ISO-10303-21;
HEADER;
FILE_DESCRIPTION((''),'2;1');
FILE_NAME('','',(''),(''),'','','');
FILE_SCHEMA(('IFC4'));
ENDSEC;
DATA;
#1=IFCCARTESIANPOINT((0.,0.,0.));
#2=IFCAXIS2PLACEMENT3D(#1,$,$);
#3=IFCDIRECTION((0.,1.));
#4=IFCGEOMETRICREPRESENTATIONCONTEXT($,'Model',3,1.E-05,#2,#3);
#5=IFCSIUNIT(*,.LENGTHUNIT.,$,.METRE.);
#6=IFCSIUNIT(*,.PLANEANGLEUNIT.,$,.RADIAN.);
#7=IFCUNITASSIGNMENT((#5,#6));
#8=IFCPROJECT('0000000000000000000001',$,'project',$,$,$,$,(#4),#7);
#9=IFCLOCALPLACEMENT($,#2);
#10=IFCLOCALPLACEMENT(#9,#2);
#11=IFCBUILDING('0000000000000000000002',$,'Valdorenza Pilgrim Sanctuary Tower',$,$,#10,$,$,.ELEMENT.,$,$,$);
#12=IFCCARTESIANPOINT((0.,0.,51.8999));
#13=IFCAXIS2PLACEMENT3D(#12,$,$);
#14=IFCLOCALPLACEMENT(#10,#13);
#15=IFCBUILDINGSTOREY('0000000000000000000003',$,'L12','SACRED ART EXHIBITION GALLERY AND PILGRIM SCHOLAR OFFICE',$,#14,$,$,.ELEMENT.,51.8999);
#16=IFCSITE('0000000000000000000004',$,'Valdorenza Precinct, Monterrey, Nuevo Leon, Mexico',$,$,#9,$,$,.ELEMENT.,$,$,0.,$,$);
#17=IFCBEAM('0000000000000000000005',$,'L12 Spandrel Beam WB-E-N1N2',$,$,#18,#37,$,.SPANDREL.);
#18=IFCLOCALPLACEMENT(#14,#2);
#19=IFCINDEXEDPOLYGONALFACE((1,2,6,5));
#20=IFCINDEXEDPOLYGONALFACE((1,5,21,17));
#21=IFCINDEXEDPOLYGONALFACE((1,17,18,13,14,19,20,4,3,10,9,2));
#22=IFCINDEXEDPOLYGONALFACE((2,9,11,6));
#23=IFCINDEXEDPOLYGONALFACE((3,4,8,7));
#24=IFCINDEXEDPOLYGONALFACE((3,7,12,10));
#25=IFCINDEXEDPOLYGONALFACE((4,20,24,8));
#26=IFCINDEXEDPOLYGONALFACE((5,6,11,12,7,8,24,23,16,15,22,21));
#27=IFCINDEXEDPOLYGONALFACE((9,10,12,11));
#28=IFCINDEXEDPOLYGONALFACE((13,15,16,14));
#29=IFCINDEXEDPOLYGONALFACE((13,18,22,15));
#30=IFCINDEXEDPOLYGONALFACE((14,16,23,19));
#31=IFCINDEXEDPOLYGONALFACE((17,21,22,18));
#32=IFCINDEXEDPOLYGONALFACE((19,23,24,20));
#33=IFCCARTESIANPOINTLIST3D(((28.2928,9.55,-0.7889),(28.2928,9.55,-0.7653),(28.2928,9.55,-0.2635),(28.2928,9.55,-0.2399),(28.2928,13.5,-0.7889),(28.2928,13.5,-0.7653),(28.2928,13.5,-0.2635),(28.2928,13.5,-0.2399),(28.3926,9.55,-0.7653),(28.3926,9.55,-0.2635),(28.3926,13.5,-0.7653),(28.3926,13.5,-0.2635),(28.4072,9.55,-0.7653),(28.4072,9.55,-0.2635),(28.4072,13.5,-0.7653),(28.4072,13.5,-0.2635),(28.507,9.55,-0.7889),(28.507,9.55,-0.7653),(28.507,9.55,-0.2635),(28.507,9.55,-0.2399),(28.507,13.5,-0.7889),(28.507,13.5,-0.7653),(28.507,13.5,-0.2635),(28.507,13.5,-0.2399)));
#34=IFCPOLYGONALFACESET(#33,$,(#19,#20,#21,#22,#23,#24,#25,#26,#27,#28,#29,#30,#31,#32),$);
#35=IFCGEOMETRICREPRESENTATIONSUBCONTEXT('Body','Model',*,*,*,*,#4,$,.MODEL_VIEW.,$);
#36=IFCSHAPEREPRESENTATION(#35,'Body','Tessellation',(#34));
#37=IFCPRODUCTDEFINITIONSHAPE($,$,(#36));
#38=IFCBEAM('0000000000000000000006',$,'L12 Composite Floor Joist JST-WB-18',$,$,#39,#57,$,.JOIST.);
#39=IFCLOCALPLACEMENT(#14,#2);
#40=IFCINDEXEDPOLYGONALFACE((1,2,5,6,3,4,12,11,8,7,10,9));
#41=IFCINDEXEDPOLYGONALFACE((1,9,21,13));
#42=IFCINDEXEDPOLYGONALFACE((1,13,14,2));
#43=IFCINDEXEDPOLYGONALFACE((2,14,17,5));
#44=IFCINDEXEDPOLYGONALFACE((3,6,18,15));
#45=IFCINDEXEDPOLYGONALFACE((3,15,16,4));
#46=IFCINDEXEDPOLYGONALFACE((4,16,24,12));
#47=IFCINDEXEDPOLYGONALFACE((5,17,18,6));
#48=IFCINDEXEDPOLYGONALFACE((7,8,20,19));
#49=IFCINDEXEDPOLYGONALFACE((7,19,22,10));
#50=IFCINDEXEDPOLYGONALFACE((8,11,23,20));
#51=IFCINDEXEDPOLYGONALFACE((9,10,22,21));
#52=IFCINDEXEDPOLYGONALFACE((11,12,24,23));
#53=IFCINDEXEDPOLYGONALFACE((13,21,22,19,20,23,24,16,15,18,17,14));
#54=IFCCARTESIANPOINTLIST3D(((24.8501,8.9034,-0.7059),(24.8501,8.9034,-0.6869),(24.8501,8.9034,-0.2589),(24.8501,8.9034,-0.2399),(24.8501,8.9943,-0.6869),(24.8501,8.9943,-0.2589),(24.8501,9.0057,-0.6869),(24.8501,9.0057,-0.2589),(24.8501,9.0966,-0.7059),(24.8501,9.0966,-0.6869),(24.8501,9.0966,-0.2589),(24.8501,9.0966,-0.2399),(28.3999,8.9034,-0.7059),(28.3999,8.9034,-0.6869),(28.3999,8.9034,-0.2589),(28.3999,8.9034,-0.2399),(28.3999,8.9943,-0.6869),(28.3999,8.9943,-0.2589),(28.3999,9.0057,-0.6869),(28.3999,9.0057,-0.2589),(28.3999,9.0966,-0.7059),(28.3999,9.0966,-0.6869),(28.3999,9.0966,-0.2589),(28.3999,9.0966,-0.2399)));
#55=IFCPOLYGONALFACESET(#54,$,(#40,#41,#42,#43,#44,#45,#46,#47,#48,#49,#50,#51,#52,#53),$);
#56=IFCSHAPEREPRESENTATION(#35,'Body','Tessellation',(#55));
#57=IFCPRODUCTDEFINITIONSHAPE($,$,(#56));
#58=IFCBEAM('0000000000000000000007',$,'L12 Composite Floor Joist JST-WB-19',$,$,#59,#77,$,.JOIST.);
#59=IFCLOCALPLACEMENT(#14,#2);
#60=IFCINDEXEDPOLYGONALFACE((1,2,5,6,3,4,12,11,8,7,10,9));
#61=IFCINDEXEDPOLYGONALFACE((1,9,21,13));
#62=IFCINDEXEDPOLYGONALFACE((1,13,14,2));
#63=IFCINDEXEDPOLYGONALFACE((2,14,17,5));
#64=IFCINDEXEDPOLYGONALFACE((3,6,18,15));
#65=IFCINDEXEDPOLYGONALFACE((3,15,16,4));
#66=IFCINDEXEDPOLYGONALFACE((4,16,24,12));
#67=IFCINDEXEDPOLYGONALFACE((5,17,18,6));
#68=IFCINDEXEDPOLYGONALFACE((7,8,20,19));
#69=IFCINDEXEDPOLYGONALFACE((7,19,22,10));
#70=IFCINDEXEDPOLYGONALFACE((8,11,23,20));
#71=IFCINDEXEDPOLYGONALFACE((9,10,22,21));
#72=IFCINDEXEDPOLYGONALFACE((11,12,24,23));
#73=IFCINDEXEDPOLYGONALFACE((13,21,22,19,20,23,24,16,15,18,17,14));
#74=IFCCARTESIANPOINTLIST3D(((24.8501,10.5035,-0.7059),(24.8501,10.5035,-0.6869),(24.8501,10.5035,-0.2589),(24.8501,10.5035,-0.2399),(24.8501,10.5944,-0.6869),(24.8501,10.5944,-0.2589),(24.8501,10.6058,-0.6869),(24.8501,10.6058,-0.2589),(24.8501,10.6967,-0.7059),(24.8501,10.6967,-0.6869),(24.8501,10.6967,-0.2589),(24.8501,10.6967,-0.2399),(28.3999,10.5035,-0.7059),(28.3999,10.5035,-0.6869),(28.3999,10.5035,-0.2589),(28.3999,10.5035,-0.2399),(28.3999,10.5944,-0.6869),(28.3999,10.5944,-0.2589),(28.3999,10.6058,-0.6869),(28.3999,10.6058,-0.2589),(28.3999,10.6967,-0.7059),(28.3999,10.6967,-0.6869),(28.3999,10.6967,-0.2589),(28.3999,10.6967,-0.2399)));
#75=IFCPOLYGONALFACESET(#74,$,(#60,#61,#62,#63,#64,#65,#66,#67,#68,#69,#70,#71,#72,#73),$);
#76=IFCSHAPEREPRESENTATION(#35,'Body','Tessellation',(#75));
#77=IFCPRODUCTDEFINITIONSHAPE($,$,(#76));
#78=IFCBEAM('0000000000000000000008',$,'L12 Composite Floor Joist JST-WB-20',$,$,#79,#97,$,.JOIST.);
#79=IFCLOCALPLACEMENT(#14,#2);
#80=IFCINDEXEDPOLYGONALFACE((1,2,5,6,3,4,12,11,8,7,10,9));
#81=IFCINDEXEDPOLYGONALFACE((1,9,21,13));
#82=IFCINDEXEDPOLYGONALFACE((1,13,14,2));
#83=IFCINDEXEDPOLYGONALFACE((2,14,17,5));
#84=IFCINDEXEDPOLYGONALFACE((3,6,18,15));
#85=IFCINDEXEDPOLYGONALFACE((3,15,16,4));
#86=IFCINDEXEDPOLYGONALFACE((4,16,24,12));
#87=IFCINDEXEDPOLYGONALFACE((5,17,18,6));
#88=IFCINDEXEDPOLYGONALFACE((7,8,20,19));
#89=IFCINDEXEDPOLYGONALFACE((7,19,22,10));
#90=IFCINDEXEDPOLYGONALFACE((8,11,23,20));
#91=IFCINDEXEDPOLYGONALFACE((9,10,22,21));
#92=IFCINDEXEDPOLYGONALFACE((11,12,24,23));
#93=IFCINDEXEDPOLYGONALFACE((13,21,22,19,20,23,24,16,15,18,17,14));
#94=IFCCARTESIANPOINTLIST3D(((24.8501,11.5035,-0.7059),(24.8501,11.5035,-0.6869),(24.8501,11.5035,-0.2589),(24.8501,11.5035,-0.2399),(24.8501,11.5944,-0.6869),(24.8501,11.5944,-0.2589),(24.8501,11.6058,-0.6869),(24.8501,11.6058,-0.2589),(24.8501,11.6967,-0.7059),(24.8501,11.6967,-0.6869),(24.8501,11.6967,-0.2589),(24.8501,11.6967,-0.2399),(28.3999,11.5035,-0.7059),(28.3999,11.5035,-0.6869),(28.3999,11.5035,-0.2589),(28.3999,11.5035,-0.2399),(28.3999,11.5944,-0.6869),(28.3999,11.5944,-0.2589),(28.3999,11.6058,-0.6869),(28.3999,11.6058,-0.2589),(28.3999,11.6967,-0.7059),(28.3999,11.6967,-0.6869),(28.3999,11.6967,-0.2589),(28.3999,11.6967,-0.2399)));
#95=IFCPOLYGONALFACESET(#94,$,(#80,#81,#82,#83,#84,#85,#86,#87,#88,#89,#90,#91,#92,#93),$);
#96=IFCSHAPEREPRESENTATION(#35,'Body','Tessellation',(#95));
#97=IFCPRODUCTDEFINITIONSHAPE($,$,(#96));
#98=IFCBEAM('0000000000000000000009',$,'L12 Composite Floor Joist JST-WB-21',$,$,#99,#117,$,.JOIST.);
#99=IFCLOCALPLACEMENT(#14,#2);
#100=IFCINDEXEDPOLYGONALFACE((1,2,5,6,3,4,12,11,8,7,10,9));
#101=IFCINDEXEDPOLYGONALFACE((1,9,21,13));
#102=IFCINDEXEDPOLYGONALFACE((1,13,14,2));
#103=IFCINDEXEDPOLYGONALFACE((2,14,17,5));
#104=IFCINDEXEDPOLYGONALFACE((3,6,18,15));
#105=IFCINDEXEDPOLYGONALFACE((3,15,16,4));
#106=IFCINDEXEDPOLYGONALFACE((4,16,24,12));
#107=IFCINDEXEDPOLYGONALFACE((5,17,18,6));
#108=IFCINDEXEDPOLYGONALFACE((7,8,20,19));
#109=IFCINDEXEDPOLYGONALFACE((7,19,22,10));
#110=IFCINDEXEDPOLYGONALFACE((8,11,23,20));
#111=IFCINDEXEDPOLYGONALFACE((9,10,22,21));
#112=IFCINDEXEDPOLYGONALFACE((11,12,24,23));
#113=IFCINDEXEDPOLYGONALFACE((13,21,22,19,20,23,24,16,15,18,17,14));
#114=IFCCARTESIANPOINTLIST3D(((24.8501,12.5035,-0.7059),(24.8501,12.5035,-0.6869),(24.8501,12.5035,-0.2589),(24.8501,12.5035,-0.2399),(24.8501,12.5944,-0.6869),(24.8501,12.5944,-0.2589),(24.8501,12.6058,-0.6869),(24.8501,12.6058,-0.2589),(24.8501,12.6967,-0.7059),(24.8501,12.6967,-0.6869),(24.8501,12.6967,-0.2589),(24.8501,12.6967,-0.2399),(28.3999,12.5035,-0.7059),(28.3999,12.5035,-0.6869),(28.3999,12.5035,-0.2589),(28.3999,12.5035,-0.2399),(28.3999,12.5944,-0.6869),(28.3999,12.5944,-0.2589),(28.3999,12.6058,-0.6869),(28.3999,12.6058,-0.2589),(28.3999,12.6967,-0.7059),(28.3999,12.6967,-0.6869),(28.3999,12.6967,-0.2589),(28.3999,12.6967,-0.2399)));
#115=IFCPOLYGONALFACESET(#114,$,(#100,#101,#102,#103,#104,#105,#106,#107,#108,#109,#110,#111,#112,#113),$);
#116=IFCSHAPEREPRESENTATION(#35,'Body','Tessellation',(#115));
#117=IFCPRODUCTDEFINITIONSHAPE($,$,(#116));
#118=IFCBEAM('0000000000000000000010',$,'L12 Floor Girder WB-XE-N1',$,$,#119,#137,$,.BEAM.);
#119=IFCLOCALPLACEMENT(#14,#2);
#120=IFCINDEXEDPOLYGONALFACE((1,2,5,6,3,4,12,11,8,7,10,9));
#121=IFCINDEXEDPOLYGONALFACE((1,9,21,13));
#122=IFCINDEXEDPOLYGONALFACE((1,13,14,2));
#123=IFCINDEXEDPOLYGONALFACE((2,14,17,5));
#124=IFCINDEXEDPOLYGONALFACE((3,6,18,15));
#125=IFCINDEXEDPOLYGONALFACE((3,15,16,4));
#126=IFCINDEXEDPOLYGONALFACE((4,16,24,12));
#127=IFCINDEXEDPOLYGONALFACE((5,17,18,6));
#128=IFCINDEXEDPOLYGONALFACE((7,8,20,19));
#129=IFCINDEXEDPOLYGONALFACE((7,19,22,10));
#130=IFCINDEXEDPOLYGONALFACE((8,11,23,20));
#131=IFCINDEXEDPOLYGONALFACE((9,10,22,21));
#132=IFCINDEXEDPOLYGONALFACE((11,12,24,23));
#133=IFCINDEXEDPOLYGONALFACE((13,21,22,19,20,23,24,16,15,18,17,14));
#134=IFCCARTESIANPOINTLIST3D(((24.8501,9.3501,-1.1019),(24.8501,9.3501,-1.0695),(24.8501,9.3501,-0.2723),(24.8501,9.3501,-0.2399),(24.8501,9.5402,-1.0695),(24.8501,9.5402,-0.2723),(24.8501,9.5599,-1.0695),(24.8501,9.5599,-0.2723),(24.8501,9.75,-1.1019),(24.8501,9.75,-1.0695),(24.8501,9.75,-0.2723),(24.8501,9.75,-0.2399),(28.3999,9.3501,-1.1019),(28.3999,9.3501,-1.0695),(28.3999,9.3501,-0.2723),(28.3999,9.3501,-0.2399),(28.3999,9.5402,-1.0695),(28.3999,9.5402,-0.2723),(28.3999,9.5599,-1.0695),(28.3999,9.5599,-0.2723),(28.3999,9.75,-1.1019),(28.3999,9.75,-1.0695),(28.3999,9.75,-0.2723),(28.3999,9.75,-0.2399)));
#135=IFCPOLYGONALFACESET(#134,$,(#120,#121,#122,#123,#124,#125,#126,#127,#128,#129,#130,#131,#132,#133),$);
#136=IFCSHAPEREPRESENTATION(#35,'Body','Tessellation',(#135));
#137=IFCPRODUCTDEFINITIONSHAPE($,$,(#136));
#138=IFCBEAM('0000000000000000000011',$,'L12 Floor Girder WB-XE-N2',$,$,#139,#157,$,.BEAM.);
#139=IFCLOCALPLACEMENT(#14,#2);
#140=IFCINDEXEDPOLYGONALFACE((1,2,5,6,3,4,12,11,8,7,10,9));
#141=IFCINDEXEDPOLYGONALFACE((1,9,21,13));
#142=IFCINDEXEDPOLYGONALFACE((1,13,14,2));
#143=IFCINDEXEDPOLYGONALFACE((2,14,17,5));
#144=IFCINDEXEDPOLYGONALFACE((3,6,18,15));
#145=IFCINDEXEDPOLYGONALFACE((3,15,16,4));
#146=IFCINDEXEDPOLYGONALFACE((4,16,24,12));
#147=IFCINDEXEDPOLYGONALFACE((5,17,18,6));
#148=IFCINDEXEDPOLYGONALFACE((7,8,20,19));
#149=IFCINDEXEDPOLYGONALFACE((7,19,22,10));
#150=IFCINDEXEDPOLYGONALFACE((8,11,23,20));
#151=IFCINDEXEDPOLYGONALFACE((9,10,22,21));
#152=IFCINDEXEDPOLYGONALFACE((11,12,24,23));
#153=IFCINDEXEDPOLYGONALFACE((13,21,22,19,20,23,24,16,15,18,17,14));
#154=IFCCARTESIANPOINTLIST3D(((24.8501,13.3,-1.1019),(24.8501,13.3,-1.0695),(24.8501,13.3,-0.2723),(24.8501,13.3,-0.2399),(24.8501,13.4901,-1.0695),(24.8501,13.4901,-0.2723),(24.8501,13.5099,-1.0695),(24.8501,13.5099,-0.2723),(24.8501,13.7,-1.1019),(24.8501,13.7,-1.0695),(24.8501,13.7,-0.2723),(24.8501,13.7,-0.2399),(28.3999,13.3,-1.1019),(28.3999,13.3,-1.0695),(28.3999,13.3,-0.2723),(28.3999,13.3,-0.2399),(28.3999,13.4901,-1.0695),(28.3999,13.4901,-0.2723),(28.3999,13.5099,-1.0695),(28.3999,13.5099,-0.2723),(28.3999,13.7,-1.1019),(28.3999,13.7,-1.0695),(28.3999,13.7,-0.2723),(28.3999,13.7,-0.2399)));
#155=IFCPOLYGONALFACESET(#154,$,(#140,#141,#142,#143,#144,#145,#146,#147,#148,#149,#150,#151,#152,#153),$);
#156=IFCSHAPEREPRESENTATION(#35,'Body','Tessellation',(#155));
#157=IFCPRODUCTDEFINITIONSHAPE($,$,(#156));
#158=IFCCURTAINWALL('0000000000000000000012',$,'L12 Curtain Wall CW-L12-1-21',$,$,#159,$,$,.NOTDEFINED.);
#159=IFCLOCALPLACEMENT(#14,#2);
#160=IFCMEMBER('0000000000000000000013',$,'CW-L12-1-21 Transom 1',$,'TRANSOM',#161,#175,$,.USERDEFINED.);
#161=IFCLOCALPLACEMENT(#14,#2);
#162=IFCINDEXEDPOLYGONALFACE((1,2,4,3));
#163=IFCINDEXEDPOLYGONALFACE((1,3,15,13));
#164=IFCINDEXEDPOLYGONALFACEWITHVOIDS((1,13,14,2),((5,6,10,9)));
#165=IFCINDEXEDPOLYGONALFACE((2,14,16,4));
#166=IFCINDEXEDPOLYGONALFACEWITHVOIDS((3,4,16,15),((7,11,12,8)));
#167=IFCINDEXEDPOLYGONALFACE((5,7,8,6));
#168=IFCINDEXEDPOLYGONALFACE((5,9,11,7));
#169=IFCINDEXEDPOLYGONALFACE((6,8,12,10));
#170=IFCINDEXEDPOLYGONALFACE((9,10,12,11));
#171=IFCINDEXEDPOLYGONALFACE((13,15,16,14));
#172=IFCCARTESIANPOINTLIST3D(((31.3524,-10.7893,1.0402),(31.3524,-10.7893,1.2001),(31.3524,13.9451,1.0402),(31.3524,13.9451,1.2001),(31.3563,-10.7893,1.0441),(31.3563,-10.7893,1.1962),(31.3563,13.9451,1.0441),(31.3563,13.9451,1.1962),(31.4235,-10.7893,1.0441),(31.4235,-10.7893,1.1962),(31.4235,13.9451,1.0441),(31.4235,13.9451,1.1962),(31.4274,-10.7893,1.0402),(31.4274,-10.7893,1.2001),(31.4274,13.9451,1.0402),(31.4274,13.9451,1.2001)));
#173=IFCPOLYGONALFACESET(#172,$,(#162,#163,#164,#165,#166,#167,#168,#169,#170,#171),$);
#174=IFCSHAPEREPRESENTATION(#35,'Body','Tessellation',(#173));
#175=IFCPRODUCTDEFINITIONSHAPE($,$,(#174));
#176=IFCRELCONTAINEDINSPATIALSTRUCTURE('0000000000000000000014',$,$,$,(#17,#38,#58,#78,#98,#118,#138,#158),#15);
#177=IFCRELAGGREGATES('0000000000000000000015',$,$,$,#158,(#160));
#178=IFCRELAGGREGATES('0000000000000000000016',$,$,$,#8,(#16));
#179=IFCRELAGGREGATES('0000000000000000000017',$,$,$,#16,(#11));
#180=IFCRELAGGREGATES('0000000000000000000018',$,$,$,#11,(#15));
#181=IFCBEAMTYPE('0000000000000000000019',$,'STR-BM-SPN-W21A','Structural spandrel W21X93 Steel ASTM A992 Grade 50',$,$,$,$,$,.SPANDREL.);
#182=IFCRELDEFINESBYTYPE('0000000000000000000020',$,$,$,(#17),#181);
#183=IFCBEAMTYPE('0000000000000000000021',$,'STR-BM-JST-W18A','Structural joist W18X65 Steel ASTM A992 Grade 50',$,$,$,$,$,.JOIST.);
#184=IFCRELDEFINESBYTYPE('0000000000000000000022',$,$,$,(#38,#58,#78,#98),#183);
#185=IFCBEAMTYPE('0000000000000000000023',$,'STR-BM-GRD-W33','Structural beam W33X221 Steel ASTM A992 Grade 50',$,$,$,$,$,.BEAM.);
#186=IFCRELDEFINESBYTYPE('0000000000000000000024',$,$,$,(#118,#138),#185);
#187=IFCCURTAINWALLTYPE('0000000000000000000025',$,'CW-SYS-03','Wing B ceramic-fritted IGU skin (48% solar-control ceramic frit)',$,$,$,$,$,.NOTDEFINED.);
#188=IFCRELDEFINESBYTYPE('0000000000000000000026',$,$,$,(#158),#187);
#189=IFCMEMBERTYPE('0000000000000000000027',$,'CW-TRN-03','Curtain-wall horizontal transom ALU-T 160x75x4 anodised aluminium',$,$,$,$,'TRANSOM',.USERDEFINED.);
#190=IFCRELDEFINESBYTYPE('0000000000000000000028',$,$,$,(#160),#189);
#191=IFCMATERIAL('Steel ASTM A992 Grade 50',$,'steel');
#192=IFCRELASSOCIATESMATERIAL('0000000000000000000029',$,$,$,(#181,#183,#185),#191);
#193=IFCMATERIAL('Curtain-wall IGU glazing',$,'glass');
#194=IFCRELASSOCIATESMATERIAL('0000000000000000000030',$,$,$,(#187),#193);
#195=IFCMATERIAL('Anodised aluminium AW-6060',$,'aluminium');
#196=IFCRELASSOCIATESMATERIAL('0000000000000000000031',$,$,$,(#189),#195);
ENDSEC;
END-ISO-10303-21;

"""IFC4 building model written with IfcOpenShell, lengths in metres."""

from ifc_helpers import new_model, si_unit, direction, frame, origin, origin_2d, place, context, subcontext, project, spatial, hollow_rectangle, i_section, extrude, source, transform, mapped, material, material_profile, profile_set, type_object, element, aggregate, save


model = new_model("IFC4")

# Units and contexts
model_context = context("Model", 3, precision=1e-05, world=origin(), true_north=direction((0.0, 1.0)))
body_context = subcontext(model_context, "Body", "Model", "MODEL_VIEW")
ifc_project = project(units=[si_unit("LENGTHUNIT", "METRE"), si_unit("PLANEANGLEUNIT", "RADIAN")], contexts=[model_context])

# Site, building, storey
site_placement = place(None, origin())
site = spatial("IfcSite", under=ifc_project, at=site_placement, Name="Valdorenza Precinct, Monterrey, Nuevo Leon, Mexico", CompositionType="ELEMENT", RefElevation=0.0)
building_placement = place(site_placement, origin())
building = spatial("IfcBuilding", under=site, at=building_placement, Name="Valdorenza Pilgrim Sanctuary Tower", CompositionType="ELEMENT")
storey_placement = place(building_placement, frame((0.0, 0.0, 51.8999)))
storey = spatial("IfcBuildingStorey", under=building, at=storey_placement, Name="L12", Description="SACRED ART EXHIBITION GALLERY AND PILGRIM SCHOLAR OFFICE", CompositionType="ELEMENT", Elevation=51.8999)

# Beams
ifc_material_1 = material(Name="Steel ASTM A992 Grade 50", Category="steel")
ifc_material_profile_1 = material_profile(ifc_material_1, i_section(OverallWidth=0.2141, OverallDepth=0.5491, WebThickness=0.0146, FlangeThickness=0.0237, at=origin_2d()), Name="W21X93")
ifc_profile_set_1 = profile_set([ifc_material_profile_1], Name="Steel ASTM A992 Grade 50")
beam_type_1 = type_object("IfcBeamType", Name="STR-BM-SPN-W21A", Description="Structural spandrel W21X93 Steel ASTM A992 Grade 50", PredefinedType="SPANDREL", material=ifc_profile_set_1)
shared_shape_1 = source(origin(), body_context, "Body", "SweptSolid", [
    extrude(i_section(OverallWidth=0.2141, OverallDepth=0.5491, WebThickness=0.0146, FlangeThickness=0.0237, at=origin_2d()), origin(), (0.0, 0.0, 1.0), 3.95),
])
beam_placement = place(storey_placement, frame((28.3999, 9.55, -0.5144), z_axis=(0.0, 1.0, 0.0), x_axis=(-1.0, 0.0, 0.0)))
element("IfcBeam", 1, at=beam_placement, inside=storey, type_object=beam_type_1, Name="L12 Spandrel Beam WB-E-N1N2", PredefinedType="SPANDREL", context=body_context, shape_type="MappedRepresentation", body=[
    mapped(shared_shape_1, transform((0.0, 0.0, 0.0), x_axis=(1.0, 0.0, 0.0), y_axis=(0.0, 1.0, 0.0), z_axis=(0.0, 0.0, 1.0), scale=1.0)),
])
ifc_material_profile_2 = material_profile(ifc_material_1, i_section(OverallWidth=0.1931, OverallDepth=0.4661, WebThickness=0.0115, FlangeThickness=0.019, at=origin_2d()), Name="W18X65")
ifc_profile_set_2 = profile_set([ifc_material_profile_2], Name="Steel ASTM A992 Grade 50")
beam_type_2 = type_object("IfcBeamType", Name="STR-BM-JST-W18A", Description="Structural joist W18X65 Steel ASTM A992 Grade 50", PredefinedType="JOIST", material=ifc_profile_set_2)
shared_shape_2 = source(origin(), body_context, "Body", "SweptSolid", [
    extrude(i_section(OverallWidth=0.1931, OverallDepth=0.4661, WebThickness=0.0115, FlangeThickness=0.019, at=origin_2d()), origin(), (0.0, 0.0, 1.0), 3.5498),
])
for number, where, z_axis, x_axis, name in (
    (2, (24.8501, 9.0, -0.4729), (1.0, 0.0, 0.0), (0.0, 1.0, 0.0), "L12 Composite Floor Joist JST-WB-18"),
    (3, (24.8501, 10.6001, -0.4729), (1.0, 0.0, 0.0), (0.0, 1.0, 0.0), "L12 Composite Floor Joist JST-WB-19"),
    (4, (24.8501, 11.6001, -0.4729), (1.0, 0.0, 0.0), (0.0, 1.0, 0.0), "L12 Composite Floor Joist JST-WB-20"),
    (5, (24.8501, 12.6001, -0.4729), (1.0, 0.0, 0.0), (0.0, 1.0, 0.0), "L12 Composite Floor Joist JST-WB-21"),
):
    element("IfcBeam", number, at=place(storey_placement, frame(where, z_axis=z_axis, x_axis=x_axis)), inside=storey, type_object=beam_type_2, Name=name, PredefinedType="JOIST", context=body_context, shape_type="MappedRepresentation", body=[
        mapped(shared_shape_2, transform((0.0, 0.0, 0.0), x_axis=(1.0, 0.0, 0.0), y_axis=(0.0, 1.0, 0.0), z_axis=(0.0, 0.0, 1.0), scale=1.0)),
    ])
ifc_material_profile_3 = material_profile(ifc_material_1, i_section(OverallWidth=0.3999, OverallDepth=0.8621, WebThickness=0.0198, FlangeThickness=0.0325, at=origin_2d()), Name="W33X221")
ifc_profile_set_3 = profile_set([ifc_material_profile_3], Name="Steel ASTM A992 Grade 50")
beam_type_3 = type_object("IfcBeamType", Name="STR-BM-GRD-W33", Description="Structural beam W33X221 Steel ASTM A992 Grade 50", PredefinedType="BEAM", material=ifc_profile_set_3)
shared_shape_3 = source(origin(), body_context, "Body", "SweptSolid", [
    extrude(i_section(OverallWidth=0.3999, OverallDepth=0.8621, WebThickness=0.0198, FlangeThickness=0.0325, at=origin_2d()), origin(), (0.0, 0.0, 1.0), 3.5498),
])
for number, where, z_axis, x_axis, name in (
    (6, (24.8501, 9.55, -0.6709), (1.0, 0.0, 0.0), (0.0, 1.0, 0.0), "L12 Floor Girder WB-XE-N1"),
    (7, (24.8501, 13.5, -0.6709), (1.0, 0.0, 0.0), (0.0, 1.0, 0.0), "L12 Floor Girder WB-XE-N2"),
):
    element("IfcBeam", number, at=place(storey_placement, frame(where, z_axis=z_axis, x_axis=x_axis)), inside=storey, type_object=beam_type_3, Name=name, PredefinedType="BEAM", context=body_context, shape_type="MappedRepresentation", body=[
        mapped(shared_shape_3, transform((0.0, 0.0, 0.0), x_axis=(1.0, 0.0, 0.0), y_axis=(0.0, 1.0, 0.0), z_axis=(0.0, 0.0, 1.0), scale=1.0)),
    ])

# Curtain wall, member
ifc_material_2 = material(Name="Curtain-wall IGU glazing", Category="glass")
curtain_wall_type = type_object("IfcCurtainWallType", Name="CW-SYS-03", Description="Wing B ceramic-fritted IGU skin (48% solar-control ceramic frit)", PredefinedType="NOTDEFINED", material=ifc_material_2)
curtain_wall_1_placement = place(storey_placement, origin())
curtain_wall_1 = element("IfcCurtainWall", 8, at=curtain_wall_1_placement, inside=storey, type_object=curtain_wall_type, Name="L12 Curtain Wall CW-L12-1-21", PredefinedType="NOTDEFINED")
ifc_material_3 = material(Name="Anodised aluminium AW-6060", Category="aluminium")
ifc_material_profile_4 = material_profile(ifc_material_3, hollow_rectangle(XDim=0.075, YDim=0.1599, WallThickness=0.0039, at=origin_2d()), Name="ALU-T 160x75x4")
ifc_profile_set_4 = profile_set([ifc_material_profile_4], Name="Anodised aluminium AW-6060")
member_type_1 = type_object("IfcMemberType", Name="CW-TRN-03", Description="Curtain-wall horizontal transom ALU-T 160x75x4 anodised aluminium", ElementType="TRANSOM", PredefinedType="USERDEFINED", material=ifc_profile_set_4)
shared_shape_4 = source(origin(), body_context, "Body", "SweptSolid", [
    extrude(hollow_rectangle(XDim=0.075, YDim=0.1599, WallThickness=0.0039, at=origin_2d()), origin(), (0.0, 0.0, 1.0), 24.7344),
])
member_1_placement = place(storey_placement, frame((31.3899, 13.9451, 1.1201), z_axis=(0.0, -1.0, 0.0), x_axis=(1.0, 0.0, 0.0)))
member_1 = element("IfcMember", 9, at=member_1_placement, type_object=member_type_1, Name="CW-L12-1-21 Transom 1", ObjectType="TRANSOM", PredefinedType="USERDEFINED", context=body_context, shape_type="MappedRepresentation", body=[
    mapped(shared_shape_4, transform((0.0, 0.0, 0.0), x_axis=(1.0, 0.0, 0.0), y_axis=(0.0, 1.0, 0.0), z_axis=(0.0, 0.0, 1.0), scale=1.0)),
])

aggregate(curtain_wall_1, [member_1])

save(model, "model.ifc")
